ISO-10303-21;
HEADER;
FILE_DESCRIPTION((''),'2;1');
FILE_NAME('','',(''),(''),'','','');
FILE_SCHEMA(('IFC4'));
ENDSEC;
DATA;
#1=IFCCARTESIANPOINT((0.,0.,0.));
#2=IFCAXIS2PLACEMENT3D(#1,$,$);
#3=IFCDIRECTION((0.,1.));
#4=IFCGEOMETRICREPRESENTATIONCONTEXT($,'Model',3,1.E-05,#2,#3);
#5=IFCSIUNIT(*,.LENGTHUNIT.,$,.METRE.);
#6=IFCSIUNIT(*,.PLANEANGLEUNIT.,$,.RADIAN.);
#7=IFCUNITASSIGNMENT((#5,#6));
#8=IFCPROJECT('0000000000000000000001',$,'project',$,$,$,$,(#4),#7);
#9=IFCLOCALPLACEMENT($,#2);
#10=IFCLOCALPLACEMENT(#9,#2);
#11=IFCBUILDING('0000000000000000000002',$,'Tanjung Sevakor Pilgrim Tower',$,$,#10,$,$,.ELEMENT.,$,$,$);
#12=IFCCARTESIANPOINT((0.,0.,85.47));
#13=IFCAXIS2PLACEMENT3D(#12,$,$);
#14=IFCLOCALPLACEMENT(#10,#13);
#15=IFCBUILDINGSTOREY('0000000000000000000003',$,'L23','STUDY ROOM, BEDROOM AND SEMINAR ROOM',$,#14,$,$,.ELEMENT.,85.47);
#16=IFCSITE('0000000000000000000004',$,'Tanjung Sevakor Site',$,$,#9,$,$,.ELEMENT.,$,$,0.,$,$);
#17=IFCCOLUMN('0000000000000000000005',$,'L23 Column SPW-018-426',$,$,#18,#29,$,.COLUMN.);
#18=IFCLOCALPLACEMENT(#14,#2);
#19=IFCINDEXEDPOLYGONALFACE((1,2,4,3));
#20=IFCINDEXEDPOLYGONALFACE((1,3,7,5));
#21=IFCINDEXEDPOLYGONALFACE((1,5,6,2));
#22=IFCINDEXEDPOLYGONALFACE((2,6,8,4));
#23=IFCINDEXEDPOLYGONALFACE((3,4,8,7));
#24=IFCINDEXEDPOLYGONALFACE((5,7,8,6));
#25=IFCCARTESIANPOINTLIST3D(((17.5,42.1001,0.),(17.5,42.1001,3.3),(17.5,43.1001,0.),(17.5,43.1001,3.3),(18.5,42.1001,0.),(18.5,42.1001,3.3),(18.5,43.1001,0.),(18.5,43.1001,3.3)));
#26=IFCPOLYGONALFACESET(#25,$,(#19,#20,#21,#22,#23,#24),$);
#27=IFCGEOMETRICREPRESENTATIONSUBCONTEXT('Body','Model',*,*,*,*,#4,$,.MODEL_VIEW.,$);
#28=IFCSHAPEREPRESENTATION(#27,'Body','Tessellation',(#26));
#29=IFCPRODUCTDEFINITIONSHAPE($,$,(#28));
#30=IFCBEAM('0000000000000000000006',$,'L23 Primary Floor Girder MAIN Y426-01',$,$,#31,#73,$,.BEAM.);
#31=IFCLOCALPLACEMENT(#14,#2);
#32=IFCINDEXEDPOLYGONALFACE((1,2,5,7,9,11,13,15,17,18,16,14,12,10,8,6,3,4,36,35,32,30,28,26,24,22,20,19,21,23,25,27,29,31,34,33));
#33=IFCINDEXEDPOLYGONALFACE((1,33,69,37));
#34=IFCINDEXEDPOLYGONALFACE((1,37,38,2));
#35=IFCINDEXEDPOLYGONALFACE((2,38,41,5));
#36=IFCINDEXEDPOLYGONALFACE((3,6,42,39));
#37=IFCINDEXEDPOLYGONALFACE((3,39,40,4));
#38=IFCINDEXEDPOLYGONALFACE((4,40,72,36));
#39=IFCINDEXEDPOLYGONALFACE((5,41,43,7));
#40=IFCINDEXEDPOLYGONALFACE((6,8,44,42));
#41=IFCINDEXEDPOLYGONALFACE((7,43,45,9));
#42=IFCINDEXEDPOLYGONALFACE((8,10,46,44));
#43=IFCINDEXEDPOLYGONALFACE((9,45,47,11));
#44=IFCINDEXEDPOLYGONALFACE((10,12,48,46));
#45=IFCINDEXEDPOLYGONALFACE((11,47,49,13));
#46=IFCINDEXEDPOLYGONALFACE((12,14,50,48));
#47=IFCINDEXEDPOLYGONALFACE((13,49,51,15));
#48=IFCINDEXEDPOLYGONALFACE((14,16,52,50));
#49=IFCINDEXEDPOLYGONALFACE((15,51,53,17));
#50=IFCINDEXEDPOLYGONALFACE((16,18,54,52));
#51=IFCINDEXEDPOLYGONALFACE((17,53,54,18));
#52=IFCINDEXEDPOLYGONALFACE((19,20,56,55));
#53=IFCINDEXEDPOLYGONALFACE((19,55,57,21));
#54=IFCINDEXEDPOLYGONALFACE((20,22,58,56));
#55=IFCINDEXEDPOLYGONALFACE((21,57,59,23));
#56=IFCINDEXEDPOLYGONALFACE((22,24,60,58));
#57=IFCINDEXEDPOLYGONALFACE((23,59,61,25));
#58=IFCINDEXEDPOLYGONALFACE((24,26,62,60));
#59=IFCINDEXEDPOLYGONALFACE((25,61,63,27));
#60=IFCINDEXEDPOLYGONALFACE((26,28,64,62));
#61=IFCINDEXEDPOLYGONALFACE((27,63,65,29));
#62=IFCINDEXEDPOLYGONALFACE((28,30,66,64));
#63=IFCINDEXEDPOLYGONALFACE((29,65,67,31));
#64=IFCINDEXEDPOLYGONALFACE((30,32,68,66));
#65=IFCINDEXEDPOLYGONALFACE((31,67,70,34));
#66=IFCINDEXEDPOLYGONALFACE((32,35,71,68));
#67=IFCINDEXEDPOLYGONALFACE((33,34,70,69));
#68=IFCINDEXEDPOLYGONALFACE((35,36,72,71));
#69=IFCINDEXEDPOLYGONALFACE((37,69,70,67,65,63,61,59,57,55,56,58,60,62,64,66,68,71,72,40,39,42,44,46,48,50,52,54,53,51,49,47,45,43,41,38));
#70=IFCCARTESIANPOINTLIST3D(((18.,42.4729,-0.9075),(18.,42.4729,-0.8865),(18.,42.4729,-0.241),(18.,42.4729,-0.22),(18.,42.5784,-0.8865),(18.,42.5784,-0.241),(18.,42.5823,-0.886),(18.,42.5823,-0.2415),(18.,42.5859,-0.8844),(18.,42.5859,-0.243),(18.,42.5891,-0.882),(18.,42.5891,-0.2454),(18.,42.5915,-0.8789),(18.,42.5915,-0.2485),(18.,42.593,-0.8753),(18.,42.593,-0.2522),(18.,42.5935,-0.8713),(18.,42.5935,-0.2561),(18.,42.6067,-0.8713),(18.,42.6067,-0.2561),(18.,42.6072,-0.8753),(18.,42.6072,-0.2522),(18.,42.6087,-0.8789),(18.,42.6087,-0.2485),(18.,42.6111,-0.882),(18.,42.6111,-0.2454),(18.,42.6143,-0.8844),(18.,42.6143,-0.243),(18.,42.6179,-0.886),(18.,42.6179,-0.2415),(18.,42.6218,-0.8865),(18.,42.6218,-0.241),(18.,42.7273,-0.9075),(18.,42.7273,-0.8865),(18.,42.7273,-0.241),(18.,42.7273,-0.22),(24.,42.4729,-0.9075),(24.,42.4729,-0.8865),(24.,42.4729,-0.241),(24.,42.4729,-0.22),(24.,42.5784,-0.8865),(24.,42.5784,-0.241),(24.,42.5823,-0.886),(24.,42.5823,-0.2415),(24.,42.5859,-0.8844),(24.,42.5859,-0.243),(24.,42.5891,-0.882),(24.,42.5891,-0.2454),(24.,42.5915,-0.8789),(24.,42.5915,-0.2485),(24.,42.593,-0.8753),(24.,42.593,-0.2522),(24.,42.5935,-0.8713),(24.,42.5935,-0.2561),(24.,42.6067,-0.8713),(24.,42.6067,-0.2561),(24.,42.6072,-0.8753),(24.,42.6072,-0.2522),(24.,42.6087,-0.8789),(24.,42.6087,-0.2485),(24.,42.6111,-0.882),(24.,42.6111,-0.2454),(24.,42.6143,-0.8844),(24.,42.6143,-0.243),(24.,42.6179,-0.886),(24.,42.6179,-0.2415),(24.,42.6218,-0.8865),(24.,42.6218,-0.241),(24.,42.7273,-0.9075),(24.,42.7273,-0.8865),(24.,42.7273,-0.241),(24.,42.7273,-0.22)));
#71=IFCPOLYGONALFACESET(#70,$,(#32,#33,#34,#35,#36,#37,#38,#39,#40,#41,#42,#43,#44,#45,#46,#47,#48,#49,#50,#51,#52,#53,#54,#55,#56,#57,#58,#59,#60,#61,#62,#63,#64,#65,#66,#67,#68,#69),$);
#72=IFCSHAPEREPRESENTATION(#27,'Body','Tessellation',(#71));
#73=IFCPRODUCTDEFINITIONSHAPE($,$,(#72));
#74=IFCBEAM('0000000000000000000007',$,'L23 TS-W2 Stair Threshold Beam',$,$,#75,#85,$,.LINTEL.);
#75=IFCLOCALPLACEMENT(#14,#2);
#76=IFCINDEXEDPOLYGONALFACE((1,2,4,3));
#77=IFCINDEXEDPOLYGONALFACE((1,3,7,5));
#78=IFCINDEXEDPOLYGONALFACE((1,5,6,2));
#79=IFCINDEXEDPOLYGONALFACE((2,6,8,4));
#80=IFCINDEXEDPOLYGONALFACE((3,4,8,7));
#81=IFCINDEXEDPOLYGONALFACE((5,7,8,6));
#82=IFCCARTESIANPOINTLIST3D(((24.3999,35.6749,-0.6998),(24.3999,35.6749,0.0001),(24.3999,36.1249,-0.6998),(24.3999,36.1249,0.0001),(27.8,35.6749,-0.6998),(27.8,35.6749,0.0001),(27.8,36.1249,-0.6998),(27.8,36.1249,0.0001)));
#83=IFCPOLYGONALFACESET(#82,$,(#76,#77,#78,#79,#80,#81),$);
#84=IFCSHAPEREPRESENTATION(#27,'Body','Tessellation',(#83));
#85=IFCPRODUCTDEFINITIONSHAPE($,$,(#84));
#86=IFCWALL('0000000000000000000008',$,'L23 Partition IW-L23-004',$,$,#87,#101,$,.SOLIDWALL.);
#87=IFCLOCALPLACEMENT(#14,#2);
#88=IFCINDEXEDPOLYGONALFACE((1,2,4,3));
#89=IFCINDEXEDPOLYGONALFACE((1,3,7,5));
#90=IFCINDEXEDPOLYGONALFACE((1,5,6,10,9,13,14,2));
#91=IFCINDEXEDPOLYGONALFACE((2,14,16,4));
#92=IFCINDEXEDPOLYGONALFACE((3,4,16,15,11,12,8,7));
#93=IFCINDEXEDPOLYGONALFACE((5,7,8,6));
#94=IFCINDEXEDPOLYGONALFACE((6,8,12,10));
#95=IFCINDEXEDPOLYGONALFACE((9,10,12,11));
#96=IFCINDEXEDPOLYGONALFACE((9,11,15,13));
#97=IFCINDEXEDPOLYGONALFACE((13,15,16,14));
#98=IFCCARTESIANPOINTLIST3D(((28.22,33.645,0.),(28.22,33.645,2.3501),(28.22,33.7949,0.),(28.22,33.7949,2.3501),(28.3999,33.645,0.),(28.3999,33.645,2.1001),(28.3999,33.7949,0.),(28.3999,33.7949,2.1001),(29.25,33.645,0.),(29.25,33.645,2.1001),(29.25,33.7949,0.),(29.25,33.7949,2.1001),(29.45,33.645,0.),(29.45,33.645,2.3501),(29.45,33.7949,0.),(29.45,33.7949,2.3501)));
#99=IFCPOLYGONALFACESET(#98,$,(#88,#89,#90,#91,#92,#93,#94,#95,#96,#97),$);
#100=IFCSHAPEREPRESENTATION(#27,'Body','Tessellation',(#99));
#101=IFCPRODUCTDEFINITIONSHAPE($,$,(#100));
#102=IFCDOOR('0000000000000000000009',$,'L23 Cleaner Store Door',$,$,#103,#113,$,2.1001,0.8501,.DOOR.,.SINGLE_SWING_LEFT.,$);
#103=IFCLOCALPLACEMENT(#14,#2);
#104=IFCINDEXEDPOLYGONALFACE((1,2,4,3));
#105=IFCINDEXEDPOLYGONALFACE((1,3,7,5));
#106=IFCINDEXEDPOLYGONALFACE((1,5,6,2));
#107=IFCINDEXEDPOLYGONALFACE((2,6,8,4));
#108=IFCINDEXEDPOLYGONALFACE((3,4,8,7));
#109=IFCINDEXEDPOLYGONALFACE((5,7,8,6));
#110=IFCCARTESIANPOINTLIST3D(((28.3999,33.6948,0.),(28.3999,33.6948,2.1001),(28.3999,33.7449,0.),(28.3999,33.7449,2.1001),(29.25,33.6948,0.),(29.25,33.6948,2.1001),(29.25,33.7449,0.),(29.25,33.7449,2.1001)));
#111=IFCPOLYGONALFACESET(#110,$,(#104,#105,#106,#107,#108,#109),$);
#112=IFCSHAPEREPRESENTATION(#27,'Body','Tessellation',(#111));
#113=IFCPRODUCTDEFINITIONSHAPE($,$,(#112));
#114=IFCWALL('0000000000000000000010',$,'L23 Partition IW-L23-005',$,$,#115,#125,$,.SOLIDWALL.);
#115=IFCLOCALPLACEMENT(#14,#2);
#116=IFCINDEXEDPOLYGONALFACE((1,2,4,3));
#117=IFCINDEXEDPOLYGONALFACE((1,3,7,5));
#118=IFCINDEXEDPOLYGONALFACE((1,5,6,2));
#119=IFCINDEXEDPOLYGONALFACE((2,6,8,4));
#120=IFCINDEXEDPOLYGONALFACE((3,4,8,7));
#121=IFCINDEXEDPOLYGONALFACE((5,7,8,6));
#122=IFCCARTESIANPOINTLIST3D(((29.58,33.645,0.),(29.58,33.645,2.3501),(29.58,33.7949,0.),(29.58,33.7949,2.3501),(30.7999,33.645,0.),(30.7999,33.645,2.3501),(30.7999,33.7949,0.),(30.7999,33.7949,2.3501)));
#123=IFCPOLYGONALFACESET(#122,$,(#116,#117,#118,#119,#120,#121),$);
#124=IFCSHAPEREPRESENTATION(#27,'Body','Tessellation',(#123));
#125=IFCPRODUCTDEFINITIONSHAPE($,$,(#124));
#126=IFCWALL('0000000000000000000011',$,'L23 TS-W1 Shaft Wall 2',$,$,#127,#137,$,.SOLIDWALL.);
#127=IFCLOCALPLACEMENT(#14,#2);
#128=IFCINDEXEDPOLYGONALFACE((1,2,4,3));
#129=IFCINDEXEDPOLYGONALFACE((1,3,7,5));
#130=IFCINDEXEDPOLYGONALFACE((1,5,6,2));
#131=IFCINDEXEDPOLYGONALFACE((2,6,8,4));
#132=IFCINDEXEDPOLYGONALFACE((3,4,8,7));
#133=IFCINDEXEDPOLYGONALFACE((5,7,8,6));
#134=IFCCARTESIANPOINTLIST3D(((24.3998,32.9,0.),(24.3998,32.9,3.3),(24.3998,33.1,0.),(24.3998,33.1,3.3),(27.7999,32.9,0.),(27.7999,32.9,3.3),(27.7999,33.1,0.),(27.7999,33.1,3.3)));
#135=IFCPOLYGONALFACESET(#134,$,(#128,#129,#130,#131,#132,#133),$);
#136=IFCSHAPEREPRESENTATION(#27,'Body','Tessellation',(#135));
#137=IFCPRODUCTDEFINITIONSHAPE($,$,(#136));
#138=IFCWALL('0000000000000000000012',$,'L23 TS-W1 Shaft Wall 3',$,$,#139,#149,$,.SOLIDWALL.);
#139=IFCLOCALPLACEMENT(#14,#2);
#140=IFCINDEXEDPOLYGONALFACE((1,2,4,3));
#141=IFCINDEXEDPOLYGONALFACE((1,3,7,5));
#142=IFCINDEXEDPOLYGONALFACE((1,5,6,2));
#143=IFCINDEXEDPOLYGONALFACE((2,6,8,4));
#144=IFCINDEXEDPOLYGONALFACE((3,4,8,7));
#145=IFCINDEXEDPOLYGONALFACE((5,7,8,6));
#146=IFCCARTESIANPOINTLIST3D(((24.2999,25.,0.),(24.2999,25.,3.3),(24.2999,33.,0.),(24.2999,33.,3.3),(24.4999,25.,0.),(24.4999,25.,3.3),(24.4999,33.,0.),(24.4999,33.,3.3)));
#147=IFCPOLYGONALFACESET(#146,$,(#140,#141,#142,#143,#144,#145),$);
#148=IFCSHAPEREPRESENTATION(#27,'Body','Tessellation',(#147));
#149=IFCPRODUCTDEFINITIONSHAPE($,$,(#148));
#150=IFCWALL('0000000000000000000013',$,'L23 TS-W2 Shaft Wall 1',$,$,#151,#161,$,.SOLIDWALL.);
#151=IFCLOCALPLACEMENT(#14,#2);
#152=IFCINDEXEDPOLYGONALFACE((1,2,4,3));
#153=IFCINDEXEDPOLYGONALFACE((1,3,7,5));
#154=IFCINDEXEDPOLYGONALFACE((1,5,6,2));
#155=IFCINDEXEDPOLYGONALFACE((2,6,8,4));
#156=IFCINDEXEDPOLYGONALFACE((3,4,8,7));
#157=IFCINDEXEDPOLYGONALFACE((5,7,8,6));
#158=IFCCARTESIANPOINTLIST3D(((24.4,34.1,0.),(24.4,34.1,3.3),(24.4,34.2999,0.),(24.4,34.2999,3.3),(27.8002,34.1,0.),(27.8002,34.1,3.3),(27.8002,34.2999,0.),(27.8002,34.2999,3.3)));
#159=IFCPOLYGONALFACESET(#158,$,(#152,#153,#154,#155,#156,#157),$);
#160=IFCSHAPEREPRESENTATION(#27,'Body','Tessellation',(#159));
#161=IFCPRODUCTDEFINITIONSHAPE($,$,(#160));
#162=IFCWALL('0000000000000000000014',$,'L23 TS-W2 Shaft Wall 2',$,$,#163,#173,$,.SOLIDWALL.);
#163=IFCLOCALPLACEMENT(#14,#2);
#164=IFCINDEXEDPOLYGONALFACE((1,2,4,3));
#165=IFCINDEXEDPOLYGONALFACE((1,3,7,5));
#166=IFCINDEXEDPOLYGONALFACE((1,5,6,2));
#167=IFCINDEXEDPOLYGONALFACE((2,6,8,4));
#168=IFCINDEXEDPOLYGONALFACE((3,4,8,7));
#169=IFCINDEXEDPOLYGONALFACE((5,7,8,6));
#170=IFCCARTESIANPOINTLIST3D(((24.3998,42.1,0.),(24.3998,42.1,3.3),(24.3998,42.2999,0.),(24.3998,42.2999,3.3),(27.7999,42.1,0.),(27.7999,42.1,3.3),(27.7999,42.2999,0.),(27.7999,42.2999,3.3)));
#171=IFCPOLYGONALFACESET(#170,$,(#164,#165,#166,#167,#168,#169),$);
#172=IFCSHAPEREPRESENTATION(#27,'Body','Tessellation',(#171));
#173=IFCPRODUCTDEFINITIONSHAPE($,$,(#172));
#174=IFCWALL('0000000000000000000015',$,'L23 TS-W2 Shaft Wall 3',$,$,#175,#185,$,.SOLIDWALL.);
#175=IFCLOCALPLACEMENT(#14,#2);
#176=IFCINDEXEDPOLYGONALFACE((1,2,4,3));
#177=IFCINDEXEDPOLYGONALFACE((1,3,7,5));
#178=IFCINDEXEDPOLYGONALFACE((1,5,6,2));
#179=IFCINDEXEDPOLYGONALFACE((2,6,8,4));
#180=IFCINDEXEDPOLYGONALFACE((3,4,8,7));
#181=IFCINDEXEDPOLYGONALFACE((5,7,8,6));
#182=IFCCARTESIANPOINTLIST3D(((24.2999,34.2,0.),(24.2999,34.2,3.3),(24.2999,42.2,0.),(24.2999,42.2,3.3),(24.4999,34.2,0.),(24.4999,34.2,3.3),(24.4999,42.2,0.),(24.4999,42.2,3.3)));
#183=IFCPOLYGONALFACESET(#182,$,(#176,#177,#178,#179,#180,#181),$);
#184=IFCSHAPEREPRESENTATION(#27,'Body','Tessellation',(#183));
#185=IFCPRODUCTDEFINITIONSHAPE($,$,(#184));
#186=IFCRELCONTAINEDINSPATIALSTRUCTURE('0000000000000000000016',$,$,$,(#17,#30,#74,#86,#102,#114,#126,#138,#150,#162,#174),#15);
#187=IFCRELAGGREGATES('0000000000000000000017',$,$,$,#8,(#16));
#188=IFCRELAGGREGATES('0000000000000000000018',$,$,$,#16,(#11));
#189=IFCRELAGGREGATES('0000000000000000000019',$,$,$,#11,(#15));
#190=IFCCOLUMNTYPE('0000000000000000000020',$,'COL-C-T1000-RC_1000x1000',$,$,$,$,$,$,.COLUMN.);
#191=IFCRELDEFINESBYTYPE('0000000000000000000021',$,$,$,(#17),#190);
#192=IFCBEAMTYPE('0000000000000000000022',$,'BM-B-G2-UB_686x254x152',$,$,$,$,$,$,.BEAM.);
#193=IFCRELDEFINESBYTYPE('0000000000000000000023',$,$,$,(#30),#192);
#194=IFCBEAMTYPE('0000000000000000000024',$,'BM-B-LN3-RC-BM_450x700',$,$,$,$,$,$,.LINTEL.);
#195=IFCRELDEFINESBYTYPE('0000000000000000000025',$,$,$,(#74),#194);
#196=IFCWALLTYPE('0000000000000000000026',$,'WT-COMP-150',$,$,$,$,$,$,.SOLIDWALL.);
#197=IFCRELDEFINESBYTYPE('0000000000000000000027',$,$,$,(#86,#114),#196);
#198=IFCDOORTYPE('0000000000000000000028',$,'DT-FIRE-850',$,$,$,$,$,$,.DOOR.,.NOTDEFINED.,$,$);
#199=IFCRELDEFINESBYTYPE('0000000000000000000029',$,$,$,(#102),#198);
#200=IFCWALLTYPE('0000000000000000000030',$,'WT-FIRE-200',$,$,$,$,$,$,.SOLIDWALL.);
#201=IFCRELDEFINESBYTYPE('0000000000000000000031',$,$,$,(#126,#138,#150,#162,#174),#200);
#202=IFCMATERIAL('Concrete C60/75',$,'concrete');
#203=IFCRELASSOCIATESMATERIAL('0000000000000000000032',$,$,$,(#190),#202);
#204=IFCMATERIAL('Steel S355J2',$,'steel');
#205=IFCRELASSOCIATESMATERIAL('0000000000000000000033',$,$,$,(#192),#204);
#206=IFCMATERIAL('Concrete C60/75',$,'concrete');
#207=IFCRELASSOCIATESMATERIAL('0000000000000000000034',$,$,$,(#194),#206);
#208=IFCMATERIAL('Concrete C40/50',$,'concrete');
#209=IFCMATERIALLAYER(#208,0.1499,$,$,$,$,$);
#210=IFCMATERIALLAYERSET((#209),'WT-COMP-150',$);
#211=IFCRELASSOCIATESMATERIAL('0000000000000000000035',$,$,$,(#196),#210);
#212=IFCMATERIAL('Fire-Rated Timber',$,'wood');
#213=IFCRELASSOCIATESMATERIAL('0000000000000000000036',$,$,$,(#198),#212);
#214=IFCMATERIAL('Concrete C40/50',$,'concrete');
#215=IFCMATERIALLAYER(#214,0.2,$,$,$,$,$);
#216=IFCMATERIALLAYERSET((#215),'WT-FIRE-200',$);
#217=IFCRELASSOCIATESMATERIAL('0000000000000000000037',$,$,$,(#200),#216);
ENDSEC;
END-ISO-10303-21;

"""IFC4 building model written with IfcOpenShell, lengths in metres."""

from ifc_helpers import new_model, si_unit, direction, frame, frame_2d, origin, origin_2d, place, context, subcontext, project, spatial, rectangle, i_section, extrude, material, layer, layer_set, material_profile, profile_set, type_object, element, fill, save


model = new_model("IFC4")

# Units and contexts
model_context = context("Model", 3, precision=1e-05, world=origin(), true_north=direction((0.0, 1.0)))
body_context = subcontext(model_context, "Body", "Model", "MODEL_VIEW")
ifc_project = project(units=[si_unit("LENGTHUNIT", "METRE"), si_unit("PLANEANGLEUNIT", "RADIAN")], contexts=[model_context])

# Site, building, storey
site_placement = place(None, origin())
site = spatial("IfcSite", under=ifc_project, at=site_placement, Name="Tanjung Sevakor Site", CompositionType="ELEMENT", RefElevation=0.0)
building_placement = place(site_placement, origin())
building = spatial("IfcBuilding", under=site, at=building_placement, Name="Tanjung Sevakor Pilgrim Tower", CompositionType="ELEMENT")
storey_placement = place(building_placement, frame((0.0, 0.0, 85.47)))
storey = spatial("IfcBuildingStorey", under=building, at=storey_placement, Name="L23", Description="STUDY ROOM, BEDROOM AND SEMINAR ROOM", CompositionType="ELEMENT", Elevation=85.47)

# Column
ifc_material_1 = material(Name="Concrete C60/75", Category="concrete")
ifc_material_profile_1 = material_profile(ifc_material_1, rectangle(XDim=1.0, YDim=1.0, at=origin_2d()))
ifc_profile_set_1 = profile_set([ifc_material_profile_1], Name="Concrete C60/75")
column_type = type_object("IfcColumnType", Name="COL-C-T1000-RC_1000x1000", PredefinedType="COLUMN", material=ifc_profile_set_1)
column_placement = place(storey_placement, frame((18.0, 42.6001, 0.0), z_axis=(0.0, 0.0, 1.0), x_axis=(1.0, 0.0, 0.0)))
element("IfcColumn", 1, at=column_placement, inside=storey, type_object=column_type, Name="L23 Column SPW-018-426", PredefinedType="COLUMN", context=body_context, shape_type="SweptSolid", body=[
    extrude(rectangle(XDim=1.0, YDim=1.0, at=origin_2d()), origin(), (0.0, 0.0, 1.0), 3.3),
])

# Beams
ifc_material_2 = material(Name="Steel S355J2", Category="steel")
ifc_material_profile_2 = material_profile(ifc_material_2, i_section(OverallWidth=0.2544, OverallDepth=0.6875, WebThickness=0.0132, FlangeThickness=0.021, FilletRadius=0.0151, at=origin_2d()))
ifc_profile_set_2 = profile_set([ifc_material_profile_2], Name="Steel S355J2")
beam_type_1 = type_object("IfcBeamType", Name="BM-B-G2-UB_686x254x152", PredefinedType="BEAM", material=ifc_profile_set_2)
beam_1_placement = place(storey_placement, frame((18.0, 42.6001, -0.5637), z_axis=(1.0, 0.0, 0.0), x_axis=(0.0, 1.0, 0.0)))
element("IfcBeam", 2, at=beam_1_placement, inside=storey, type_object=beam_type_1, Name="L23 Primary Floor Girder MAIN Y426-01", PredefinedType="BEAM", context=body_context, shape_type="SweptSolid", body=[
    extrude(i_section(OverallWidth=0.2544, OverallDepth=0.6875, WebThickness=0.0132, FlangeThickness=0.021, FilletRadius=0.0151, at=origin_2d()), origin(), (0.0, 0.0, 1.0), 6.0),
])
ifc_material_3 = material(Name="Concrete C60/75", Category="concrete")
ifc_material_profile_3 = material_profile(ifc_material_3, rectangle(XDim=0.45, YDim=0.7, at=origin_2d()))
ifc_profile_set_3 = profile_set([ifc_material_profile_3], Name="Concrete C60/75")
beam_type_2 = type_object("IfcBeamType", Name="BM-B-LN3-RC-BM_450x700", PredefinedType="LINTEL", material=ifc_profile_set_3)
beam_2_placement = place(storey_placement, frame((24.3999, 35.8999, -0.3499), z_axis=(1.0, 0.0, 0.0), x_axis=(0.0, 1.0, 0.0)))
element("IfcBeam", 3, at=beam_2_placement, inside=storey, type_object=beam_type_2, Name="L23 TS-W2 Stair Threshold Beam", PredefinedType="LINTEL", context=body_context, shape_type="SweptSolid", body=[
    extrude(rectangle(XDim=0.45, YDim=0.7, at=origin_2d()), origin(), (0.0, 0.0, 1.0), 3.4001),
])

# Wall, opening, door
ifc_material_4 = material(Name="Concrete C40/50", Category="concrete")
ifc_layer_1 = layer(ifc_material_4, 0.1499)
ifc_layer_set_1 = layer_set([ifc_layer_1], Name="WT-COMP-150")
wall_type_1 = type_object("IfcWallType", Name="WT-COMP-150", PredefinedType="SOLIDWALL", material=ifc_layer_set_1)
wall_1_placement = place(storey_placement, frame((28.22, 33.72, 0.0), z_axis=(0.0, 0.0, 1.0), x_axis=(1.0, 0.0, 0.0)))
wall_1 = element("IfcWall", 4, at=wall_1_placement, inside=storey, type_object=wall_type_1, Name="L23 Partition IW-L23-004", PredefinedType="SOLIDWALL", context=body_context, shape_type="SweptSolid", body=[
    extrude(rectangle(XDim=1.23, YDim=0.1499, at=frame_2d((0.615, 0.0))), origin(), (0.0, 0.0, 1.0), 2.3501),
])
opening_placement = place(wall_1_placement, frame((0.1799, 0.0, 0.0)))
opening = element("IfcOpeningElement", 5, at=opening_placement, cuts=wall_1, PredefinedType="OPENING", context=body_context, shape_type="SweptSolid", body=[
    extrude(rectangle(XDim=0.8501, YDim=2.1001, at=frame_2d((0.425, 1.05))), frame((0.0, 0.085, 0.0), z_axis=(0.0, -1.0, 0.0), x_axis=(1.0, 0.0, 0.0)), (0.0, 0.0, 1.0), 0.1699),
])
ifc_material_5 = material(Name="Fire-Rated Timber", Category="wood")
door_type = type_object("IfcDoorType", Name="DT-FIRE-850", OperationType="NOTDEFINED", PredefinedType="DOOR", material=ifc_material_5)
door_placement = place(opening_placement, origin())
door = element("IfcDoor", 6, at=door_placement, inside=storey, type_object=door_type, Name="L23 Cleaner Store Door", OperationType="SINGLE_SWING_LEFT", OverallHeight=2.1001, OverallWidth=0.8501, PredefinedType="DOOR", context=body_context, shape_type="SweptSolid", body=[
    extrude(rectangle(XDim=0.8501, YDim=2.1001, at=frame_2d((0.425, 1.05))), frame((0.0, 0.0249, 0.0), z_axis=(0.0, -1.0, 0.0), x_axis=(1.0, 0.0, 0.0)), (0.0, 0.0, 1.0), 0.05),
])
fill(opening, door)

# Walls
wall_2_placement = place(storey_placement, frame((29.5801, 33.72, 0.0), z_axis=(0.0, 0.0, 1.0), x_axis=(1.0, 0.0, 0.0)))
element("IfcWall", 7, at=wall_2_placement, inside=storey, type_object=wall_type_1, Name="L23 Partition IW-L23-005", PredefinedType="SOLIDWALL", context=body_context, shape_type="SweptSolid", body=[
    extrude(rectangle(XDim=1.22, YDim=0.1499, at=frame_2d((0.6099, 0.0))), origin(), (0.0, 0.0, 1.0), 2.3501),
])
ifc_material_6 = material(Name="Concrete C40/50", Category="concrete")
ifc_layer_2 = layer(ifc_material_6, 0.2)
ifc_layer_set_2 = layer_set([ifc_layer_2], Name="WT-FIRE-200")
wall_type_2 = type_object("IfcWallType", Name="WT-FIRE-200", PredefinedType="SOLIDWALL", material=ifc_layer_set_2)
wall_3_placement = place(storey_placement, frame((27.8, 33.0, 0.0), z_axis=(0.0, 0.0, 1.0), x_axis=(-1.0, 0.0, 0.0)))
element("IfcWall", 8, at=wall_3_placement, inside=storey, type_object=wall_type_2, Name="L23 TS-W1 Shaft Wall 2", PredefinedType="SOLIDWALL", context=body_context, shape_type="SweptSolid", body=[
    extrude(rectangle(XDim=3.4001, YDim=0.2, at=frame_2d((1.7002, 0.0))), origin(), (0.0, 0.0, 1.0), 3.3),
])
wall_4_placement = place(storey_placement, frame((24.3999, 33.0, 0.0), z_axis=(0.0, 0.0, 1.0), x_axis=(0.0, -1.0, 0.0)))
element("IfcWall", 9, at=wall_4_placement, inside=storey, type_object=wall_type_2, Name="L23 TS-W1 Shaft Wall 3", PredefinedType="SOLIDWALL", context=body_context, shape_type="SweptSolid", body=[
    extrude(rectangle(XDim=8.0, YDim=0.2, at=frame_2d((4.0, 0.0))), origin(), (0.0, 0.0, 1.0), 3.3),
])
for number, where, z_axis, x_axis, name in (
    (10, (24.3999, 34.2, 0.0), (0.0, 0.0, 1.0), (1.0, 0.0, 0.0), "L23 TS-W2 Shaft Wall 1"),
    (11, (27.8, 42.2, 0.0), (0.0, 0.0, 1.0), (-1.0, 0.0, 0.0), "L23 TS-W2 Shaft Wall 2"),
):
    element("IfcWall", number, at=place(storey_placement, frame(where, z_axis=z_axis, x_axis=x_axis)), inside=storey, type_object=wall_type_2, Name=name, PredefinedType="SOLIDWALL", context=body_context, shape_type="SweptSolid", body=[
        extrude(rectangle(XDim=3.4001, YDim=0.2, at=frame_2d((1.7002, 0.0))), origin(), (0.0, 0.0, 1.0), 3.3),
    ])
wall_5_placement = place(storey_placement, frame((24.3999, 42.2, 0.0), z_axis=(0.0, 0.0, 1.0), x_axis=(0.0, -1.0, 0.0)))
element("IfcWall", 12, at=wall_5_placement, inside=storey, type_object=wall_type_2, Name="L23 TS-W2 Shaft Wall 3", PredefinedType="SOLIDWALL", context=body_context, shape_type="SweptSolid", body=[
    extrude(rectangle(XDim=8.0, YDim=0.2, at=frame_2d((4.0, 0.0))), origin(), (0.0, 0.0, 1.0), 3.3),
])

save(model, "model.ifc")
